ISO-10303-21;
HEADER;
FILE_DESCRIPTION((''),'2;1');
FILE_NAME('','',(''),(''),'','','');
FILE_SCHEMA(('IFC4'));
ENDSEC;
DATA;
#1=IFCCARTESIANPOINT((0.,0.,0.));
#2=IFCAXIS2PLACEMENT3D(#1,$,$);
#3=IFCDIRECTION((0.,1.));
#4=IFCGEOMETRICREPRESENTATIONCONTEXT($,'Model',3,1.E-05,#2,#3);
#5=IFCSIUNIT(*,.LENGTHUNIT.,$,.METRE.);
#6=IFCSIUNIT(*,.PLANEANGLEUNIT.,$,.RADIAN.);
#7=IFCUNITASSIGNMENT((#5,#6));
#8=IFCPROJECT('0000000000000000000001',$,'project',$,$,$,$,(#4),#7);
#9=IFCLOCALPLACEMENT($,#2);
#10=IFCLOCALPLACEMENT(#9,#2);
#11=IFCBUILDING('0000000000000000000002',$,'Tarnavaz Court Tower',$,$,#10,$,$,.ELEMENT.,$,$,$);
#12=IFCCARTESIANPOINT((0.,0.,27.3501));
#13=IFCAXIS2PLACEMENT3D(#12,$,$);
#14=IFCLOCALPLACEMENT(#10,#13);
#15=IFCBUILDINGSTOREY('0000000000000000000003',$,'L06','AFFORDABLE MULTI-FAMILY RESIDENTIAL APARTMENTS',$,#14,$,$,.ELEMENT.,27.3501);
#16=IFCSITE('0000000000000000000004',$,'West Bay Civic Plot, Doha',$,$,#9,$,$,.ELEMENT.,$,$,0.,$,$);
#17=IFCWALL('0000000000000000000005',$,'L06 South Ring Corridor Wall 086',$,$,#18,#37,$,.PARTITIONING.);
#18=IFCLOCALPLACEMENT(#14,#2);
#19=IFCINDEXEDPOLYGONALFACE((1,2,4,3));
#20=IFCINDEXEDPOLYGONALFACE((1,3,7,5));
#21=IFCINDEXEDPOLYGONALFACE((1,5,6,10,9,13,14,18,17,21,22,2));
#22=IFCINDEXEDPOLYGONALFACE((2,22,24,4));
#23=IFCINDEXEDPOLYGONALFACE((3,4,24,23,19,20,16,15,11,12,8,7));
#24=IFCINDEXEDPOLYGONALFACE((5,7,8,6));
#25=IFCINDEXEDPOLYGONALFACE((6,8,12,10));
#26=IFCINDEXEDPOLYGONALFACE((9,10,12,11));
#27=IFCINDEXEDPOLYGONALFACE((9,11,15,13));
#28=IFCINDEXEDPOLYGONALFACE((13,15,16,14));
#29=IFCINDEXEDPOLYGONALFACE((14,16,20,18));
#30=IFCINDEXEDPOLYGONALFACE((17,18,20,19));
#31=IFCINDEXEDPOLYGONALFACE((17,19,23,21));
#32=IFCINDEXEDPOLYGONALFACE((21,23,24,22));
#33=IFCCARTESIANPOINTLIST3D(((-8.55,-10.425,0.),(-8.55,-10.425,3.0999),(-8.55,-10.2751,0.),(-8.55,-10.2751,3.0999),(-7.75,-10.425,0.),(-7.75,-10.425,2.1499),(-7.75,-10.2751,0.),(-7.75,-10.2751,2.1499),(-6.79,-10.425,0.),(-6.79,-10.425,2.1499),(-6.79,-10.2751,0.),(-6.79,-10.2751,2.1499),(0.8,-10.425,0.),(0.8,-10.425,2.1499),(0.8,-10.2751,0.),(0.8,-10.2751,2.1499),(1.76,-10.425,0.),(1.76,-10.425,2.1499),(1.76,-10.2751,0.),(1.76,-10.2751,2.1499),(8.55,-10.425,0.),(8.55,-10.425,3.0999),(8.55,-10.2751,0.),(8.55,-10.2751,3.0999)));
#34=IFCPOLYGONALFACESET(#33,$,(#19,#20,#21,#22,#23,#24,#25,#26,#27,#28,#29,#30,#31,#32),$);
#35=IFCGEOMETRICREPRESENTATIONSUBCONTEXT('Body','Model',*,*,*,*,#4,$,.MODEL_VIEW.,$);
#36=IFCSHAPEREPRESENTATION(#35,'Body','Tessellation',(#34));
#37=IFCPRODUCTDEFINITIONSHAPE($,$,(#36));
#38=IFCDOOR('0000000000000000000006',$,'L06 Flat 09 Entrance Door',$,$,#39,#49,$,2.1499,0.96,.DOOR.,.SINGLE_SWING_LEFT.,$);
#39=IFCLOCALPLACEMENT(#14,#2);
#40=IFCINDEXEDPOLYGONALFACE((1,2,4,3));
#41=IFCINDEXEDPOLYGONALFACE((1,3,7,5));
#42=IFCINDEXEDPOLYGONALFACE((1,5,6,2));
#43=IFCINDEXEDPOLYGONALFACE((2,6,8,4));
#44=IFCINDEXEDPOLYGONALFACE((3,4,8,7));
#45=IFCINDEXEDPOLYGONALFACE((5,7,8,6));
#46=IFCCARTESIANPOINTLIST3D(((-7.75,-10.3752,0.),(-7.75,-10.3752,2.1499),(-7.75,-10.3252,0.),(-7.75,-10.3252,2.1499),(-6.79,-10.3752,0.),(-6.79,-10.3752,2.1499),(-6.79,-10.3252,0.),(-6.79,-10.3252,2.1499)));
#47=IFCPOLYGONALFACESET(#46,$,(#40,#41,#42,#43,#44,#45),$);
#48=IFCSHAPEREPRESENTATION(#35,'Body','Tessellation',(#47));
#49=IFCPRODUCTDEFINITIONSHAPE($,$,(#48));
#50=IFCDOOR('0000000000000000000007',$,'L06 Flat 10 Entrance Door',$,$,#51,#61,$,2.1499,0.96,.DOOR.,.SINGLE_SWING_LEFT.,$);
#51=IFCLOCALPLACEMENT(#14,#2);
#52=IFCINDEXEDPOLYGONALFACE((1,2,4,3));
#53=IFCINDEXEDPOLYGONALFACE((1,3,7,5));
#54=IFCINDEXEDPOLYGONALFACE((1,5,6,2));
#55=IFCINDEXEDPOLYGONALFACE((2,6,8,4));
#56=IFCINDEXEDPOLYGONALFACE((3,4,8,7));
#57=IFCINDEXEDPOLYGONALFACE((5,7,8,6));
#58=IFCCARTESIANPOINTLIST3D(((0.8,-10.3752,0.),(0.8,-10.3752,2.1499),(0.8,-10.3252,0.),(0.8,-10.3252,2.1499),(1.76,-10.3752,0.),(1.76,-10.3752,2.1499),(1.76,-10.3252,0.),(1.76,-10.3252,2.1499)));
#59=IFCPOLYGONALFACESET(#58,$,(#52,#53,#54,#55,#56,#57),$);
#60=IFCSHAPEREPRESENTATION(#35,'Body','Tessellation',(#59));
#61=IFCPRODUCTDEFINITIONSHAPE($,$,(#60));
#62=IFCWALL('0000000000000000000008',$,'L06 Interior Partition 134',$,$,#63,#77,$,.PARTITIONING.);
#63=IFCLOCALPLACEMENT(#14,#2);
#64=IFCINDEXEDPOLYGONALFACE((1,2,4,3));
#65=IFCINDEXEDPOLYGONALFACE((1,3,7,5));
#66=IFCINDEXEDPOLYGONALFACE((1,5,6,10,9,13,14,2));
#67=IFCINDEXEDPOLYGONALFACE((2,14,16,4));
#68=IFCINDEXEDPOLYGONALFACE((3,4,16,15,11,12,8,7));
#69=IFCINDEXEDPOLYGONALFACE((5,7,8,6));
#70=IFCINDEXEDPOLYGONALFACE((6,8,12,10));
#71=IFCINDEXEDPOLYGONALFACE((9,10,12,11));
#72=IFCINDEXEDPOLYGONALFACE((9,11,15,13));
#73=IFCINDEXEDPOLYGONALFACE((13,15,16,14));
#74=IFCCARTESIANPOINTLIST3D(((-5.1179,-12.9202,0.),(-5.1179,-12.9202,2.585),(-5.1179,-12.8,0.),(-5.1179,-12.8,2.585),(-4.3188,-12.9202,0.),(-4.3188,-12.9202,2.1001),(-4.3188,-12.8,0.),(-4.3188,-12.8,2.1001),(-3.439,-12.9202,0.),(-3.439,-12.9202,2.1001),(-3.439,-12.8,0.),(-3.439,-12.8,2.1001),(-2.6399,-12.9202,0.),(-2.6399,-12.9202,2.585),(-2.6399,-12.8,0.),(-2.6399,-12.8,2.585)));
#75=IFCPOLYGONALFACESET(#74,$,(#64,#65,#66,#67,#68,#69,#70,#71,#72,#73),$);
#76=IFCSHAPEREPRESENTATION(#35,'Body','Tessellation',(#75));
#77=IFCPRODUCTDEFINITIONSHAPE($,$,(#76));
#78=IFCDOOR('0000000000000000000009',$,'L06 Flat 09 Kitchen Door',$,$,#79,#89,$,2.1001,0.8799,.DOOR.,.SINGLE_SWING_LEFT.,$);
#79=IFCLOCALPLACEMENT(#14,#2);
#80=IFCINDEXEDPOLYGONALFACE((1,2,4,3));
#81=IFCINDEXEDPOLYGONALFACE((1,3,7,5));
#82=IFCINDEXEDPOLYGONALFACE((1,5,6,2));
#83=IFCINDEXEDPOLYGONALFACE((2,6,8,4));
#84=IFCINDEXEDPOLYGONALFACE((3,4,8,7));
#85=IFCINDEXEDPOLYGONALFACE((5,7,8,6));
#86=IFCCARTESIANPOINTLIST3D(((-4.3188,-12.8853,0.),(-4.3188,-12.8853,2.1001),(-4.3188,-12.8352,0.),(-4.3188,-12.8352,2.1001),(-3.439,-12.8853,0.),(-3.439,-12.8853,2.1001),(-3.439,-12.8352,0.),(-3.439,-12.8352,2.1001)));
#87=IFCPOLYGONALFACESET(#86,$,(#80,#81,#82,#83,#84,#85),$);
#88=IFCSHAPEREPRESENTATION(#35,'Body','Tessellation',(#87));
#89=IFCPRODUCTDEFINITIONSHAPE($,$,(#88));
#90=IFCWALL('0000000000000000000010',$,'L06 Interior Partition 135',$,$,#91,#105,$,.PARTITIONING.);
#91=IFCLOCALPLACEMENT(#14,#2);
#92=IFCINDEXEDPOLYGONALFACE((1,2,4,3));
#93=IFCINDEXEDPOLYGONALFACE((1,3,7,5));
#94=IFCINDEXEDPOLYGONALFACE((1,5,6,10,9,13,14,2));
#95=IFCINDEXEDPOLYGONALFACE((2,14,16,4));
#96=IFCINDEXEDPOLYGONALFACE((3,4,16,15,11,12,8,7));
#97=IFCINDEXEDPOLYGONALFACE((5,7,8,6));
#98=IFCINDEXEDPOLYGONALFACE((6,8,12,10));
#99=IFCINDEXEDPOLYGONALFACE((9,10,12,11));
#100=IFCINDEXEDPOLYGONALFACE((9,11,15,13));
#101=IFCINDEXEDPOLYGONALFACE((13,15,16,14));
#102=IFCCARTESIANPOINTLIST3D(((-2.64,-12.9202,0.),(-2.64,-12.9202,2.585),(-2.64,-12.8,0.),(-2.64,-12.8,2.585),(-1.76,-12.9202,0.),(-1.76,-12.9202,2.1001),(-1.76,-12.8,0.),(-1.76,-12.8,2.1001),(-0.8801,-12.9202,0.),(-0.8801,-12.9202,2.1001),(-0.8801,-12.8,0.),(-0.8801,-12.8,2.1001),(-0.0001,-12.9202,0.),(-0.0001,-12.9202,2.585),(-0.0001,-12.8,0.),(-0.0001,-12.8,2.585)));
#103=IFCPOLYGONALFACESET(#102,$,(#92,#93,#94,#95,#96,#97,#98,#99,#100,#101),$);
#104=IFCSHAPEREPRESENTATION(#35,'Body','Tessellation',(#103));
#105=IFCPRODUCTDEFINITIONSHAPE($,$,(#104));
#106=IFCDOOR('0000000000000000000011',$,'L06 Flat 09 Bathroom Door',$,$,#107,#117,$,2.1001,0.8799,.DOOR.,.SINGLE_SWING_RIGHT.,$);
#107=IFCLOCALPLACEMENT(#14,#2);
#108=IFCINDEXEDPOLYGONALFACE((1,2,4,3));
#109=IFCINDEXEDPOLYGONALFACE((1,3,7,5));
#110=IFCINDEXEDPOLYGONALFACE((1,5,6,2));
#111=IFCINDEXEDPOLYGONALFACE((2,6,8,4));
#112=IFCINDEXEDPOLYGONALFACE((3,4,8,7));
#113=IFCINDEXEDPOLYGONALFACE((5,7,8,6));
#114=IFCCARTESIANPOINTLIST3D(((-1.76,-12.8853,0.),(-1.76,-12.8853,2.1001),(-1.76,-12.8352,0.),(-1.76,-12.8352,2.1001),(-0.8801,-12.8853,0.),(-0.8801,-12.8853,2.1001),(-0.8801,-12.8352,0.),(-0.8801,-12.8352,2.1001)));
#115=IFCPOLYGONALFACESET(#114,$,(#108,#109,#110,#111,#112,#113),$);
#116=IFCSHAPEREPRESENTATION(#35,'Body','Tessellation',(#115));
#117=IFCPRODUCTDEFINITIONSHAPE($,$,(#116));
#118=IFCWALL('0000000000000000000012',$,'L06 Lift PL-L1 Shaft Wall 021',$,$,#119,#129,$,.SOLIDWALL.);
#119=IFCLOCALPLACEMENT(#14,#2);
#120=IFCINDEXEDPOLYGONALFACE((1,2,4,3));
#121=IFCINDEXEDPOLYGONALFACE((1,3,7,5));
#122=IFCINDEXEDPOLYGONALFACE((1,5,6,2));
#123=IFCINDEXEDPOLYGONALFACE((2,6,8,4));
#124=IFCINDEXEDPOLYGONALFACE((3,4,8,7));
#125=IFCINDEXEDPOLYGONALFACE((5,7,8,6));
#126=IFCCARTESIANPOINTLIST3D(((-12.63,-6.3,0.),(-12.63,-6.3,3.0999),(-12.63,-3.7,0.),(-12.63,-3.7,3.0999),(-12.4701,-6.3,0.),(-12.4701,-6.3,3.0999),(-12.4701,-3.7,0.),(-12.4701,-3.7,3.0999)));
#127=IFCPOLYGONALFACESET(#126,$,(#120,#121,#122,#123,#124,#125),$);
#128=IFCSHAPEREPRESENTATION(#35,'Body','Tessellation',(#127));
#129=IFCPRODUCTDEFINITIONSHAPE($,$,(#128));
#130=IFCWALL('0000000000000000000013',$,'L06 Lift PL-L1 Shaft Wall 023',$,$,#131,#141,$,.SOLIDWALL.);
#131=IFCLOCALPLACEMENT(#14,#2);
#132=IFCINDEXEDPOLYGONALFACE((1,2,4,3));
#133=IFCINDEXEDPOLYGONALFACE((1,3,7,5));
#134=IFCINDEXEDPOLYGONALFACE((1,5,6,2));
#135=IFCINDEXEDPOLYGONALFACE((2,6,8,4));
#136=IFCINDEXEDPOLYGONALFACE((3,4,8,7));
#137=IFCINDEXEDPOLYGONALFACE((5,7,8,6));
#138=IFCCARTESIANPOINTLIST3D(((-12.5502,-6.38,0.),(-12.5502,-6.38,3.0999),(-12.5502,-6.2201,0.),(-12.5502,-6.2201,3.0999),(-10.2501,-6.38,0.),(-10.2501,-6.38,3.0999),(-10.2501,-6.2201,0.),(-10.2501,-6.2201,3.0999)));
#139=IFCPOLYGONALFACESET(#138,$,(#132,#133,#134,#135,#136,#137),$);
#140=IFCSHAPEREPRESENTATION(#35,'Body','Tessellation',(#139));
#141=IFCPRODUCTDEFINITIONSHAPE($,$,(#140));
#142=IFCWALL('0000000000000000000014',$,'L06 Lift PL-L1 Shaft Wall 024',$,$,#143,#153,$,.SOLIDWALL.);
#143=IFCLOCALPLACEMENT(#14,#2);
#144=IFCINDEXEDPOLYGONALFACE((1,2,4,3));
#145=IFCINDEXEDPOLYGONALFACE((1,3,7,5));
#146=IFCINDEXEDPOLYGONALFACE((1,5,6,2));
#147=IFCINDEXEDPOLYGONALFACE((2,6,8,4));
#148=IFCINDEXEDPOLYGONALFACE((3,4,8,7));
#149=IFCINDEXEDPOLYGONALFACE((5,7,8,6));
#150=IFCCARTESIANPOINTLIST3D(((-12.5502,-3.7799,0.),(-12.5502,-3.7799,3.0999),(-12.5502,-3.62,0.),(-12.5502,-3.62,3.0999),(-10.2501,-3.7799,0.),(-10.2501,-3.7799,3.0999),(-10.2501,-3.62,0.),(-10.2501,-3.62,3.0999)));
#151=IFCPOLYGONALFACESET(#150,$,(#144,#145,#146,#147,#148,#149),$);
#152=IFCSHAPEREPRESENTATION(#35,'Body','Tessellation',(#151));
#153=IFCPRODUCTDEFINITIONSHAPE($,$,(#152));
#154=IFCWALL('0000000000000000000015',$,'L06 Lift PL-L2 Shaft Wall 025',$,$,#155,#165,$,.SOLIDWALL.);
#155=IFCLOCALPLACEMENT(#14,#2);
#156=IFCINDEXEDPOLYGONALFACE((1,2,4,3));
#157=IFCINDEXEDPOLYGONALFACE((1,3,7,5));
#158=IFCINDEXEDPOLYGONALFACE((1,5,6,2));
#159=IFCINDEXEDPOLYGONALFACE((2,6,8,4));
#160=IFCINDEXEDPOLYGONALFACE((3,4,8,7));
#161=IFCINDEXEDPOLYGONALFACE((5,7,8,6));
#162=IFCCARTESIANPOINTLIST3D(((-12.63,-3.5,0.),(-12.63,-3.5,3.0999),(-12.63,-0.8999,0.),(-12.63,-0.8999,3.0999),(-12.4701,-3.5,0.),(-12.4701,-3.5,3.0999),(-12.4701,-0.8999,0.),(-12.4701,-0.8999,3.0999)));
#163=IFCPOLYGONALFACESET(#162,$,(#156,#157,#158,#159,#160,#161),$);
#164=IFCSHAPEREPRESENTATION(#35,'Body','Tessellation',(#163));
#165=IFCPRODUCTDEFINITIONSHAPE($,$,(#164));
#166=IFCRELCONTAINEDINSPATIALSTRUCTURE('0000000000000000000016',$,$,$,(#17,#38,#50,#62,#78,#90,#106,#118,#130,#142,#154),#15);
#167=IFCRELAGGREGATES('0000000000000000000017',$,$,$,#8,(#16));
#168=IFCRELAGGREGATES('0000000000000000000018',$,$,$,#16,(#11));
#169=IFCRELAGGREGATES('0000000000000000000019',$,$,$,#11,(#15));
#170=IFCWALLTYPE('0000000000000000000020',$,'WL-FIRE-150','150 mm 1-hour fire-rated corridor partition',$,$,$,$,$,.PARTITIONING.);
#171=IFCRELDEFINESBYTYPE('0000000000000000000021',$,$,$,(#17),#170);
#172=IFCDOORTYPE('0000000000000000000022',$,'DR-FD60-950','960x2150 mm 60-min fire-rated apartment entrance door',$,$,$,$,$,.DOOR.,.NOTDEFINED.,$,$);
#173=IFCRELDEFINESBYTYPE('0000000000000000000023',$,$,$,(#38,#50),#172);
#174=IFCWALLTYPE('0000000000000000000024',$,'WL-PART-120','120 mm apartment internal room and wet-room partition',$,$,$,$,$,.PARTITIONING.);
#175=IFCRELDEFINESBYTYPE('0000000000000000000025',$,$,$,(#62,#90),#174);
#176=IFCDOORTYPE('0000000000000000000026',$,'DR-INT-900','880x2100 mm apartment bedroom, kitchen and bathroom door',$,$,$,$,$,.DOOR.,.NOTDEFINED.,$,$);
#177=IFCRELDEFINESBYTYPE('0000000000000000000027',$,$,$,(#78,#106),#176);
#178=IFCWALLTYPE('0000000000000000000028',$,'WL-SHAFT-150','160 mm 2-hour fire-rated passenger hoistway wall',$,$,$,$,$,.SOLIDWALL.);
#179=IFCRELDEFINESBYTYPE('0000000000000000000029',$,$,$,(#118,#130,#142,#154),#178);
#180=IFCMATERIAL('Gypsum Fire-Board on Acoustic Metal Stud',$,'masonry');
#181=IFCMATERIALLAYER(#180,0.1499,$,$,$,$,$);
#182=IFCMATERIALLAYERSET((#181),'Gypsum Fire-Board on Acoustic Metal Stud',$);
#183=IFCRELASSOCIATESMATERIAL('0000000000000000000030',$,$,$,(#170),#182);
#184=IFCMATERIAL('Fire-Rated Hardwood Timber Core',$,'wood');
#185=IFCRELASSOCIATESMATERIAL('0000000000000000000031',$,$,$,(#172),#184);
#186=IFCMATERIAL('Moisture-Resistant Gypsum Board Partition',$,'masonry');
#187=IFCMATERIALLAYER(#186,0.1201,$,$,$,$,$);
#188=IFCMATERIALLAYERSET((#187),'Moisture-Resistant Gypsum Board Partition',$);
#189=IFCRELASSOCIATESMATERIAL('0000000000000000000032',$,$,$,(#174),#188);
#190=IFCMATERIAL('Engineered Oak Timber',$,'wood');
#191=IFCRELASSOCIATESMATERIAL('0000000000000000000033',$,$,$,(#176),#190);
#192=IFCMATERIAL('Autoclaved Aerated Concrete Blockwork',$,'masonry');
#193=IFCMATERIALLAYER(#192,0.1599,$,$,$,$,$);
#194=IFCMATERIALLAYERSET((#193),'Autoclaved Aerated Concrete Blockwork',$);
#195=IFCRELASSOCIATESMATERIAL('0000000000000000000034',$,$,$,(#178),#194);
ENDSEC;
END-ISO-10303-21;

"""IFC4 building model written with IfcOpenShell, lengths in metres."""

from ifc_helpers import new_model, si_unit, direction, frame, frame_2d, origin, place, context, subcontext, project, spatial, rectangle, extrude, material, layer, layer_set, type_object, element, fill, save


model = new_model("IFC4")

# Units and contexts
model_context = context("Model", 3, precision=1e-05, world=origin(), true_north=direction((0.0, 1.0)))
body_context = subcontext(model_context, "Body", "Model", "MODEL_VIEW")
ifc_project = project(units=[si_unit("LENGTHUNIT", "METRE"), si_unit("PLANEANGLEUNIT", "RADIAN")], contexts=[model_context])

# Site, building, storey
site_placement = place(None, origin())
site = spatial("IfcSite", under=ifc_project, at=site_placement, Name="West Bay Civic Plot, Doha", CompositionType="ELEMENT", RefElevation=0.0)
building_placement = place(site_placement, origin())
building = spatial("IfcBuilding", under=site, at=building_placement, Name="Tarnavaz Court Tower", CompositionType="ELEMENT")
storey_placement = place(building_placement, frame((0.0, 0.0, 27.3501)))
storey = spatial("IfcBuildingStorey", under=building, at=storey_placement, Name="L06", Description="AFFORDABLE MULTI-FAMILY RESIDENTIAL APARTMENTS", CompositionType="ELEMENT", Elevation=27.3501)

# Wall, openings, doors
ifc_material_1 = material(Name="Gypsum Fire-Board on Acoustic Metal Stud", Category="masonry")
ifc_layer_1 = layer(ifc_material_1, 0.1499)
ifc_layer_set_1 = layer_set([ifc_layer_1], Name="Gypsum Fire-Board on Acoustic Metal Stud")
wall_type_1 = type_object("IfcWallType", Name="WL-FIRE-150", Description="150 mm 1-hour fire-rated corridor partition", PredefinedType="PARTITIONING", material=ifc_layer_set_1)
wall_1_placement = place(storey_placement, frame((-8.55, -10.3501, 0.0), z_axis=(0.0, 0.0, 1.0), x_axis=(1.0, 0.0, 0.0)))
wall_1 = element("IfcWall", 1, at=wall_1_placement, inside=storey, type_object=wall_type_1, Name="L06 South Ring Corridor Wall 086", PredefinedType="PARTITIONING", context=body_context, shape_type="SweptSolid", body=[
    extrude(rectangle(XDim=17.1001, YDim=0.1499, at=frame_2d((8.55, 0.0))), origin(), (0.0, 0.0, 1.0), 3.0999),
])
opening_1_placement = place(wall_1_placement, frame((0.8, 0.0, 0.0)))
opening_1 = element("IfcOpeningElement", 2, at=opening_1_placement, cuts=wall_1, PredefinedType="OPENING", context=body_context, shape_type="SweptSolid", body=[
    extrude(rectangle(XDim=0.96, YDim=2.1499, at=frame_2d((0.48, 1.075))), frame((0.0, 0.085, 0.0), z_axis=(0.0, -1.0, 0.0), x_axis=(1.0, 0.0, 0.0)), (0.0, 0.0, 1.0), 0.1699),
])
opening_2_placement = place(wall_1_placement, frame((9.3501, 0.0, 0.0)))
opening_2 = element("IfcOpeningElement", 3, at=opening_2_placement, cuts=wall_1, PredefinedType="OPENING", context=body_context, shape_type="SweptSolid", body=[
    extrude(rectangle(XDim=0.96, YDim=2.1499, at=frame_2d((0.48, 1.075))), frame((0.0, 0.085, 0.0), z_axis=(0.0, -1.0, 0.0), x_axis=(1.0, 0.0, 0.0)), (0.0, 0.0, 1.0), 0.1699),
])
ifc_material_2 = material(Name="Fire-Rated Hardwood Timber Core", Category="wood")
door_type_1 = type_object("IfcDoorType", Name="DR-FD60-950", Description="960x2150 mm 60-min fire-rated apartment entrance door", OperationType="NOTDEFINED", PredefinedType="DOOR", material=ifc_material_2)
door_1_placement = place(opening_1_placement, origin())
door_1 = element("IfcDoor", 4, at=door_1_placement, inside=storey, type_object=door_type_1, Name="L06 Flat 09 Entrance Door", OperationType="SINGLE_SWING_LEFT", OverallHeight=2.1499, OverallWidth=0.96, PredefinedType="DOOR", context=body_context, shape_type="SweptSolid", body=[
    extrude(rectangle(XDim=0.96, YDim=2.1499, at=frame_2d((0.48, 1.075))), frame((0.0, 0.0249, 0.0), z_axis=(0.0, -1.0, 0.0), x_axis=(1.0, 0.0, 0.0)), (0.0, 0.0, 1.0), 0.05),
])
fill(opening_1, door_1)
door_2_placement = place(opening_2_placement, origin())
door_2 = element("IfcDoor", 5, at=door_2_placement, inside=storey, type_object=door_type_1, Name="L06 Flat 10 Entrance Door", OperationType="SINGLE_SWING_LEFT", OverallHeight=2.1499, OverallWidth=0.96, PredefinedType="DOOR", context=body_context, shape_type="SweptSolid", body=[
    extrude(rectangle(XDim=0.96, YDim=2.1499, at=frame_2d((0.48, 1.075))), frame((0.0, 0.0249, 0.0), z_axis=(0.0, -1.0, 0.0), x_axis=(1.0, 0.0, 0.0)), (0.0, 0.0, 1.0), 0.05),
])
fill(opening_2, door_2)

# Walls, openings, doors
ifc_material_3 = material(Name="Moisture-Resistant Gypsum Board Partition", Category="masonry")
ifc_layer_2 = layer(ifc_material_3, 0.1201)
ifc_layer_set_2 = layer_set([ifc_layer_2], Name="Moisture-Resistant Gypsum Board Partition")
wall_type_2 = type_object("IfcWallType", Name="WL-PART-120", Description="120 mm apartment internal room and wet-room partition", PredefinedType="PARTITIONING", material=ifc_layer_set_2)
wall_2_placement = place(storey_placement, frame((-5.1179, -12.8601, 0.0), z_axis=(0.0, 0.0, 1.0), x_axis=(1.0, 0.0, 0.0)))
wall_2 = element("IfcWall", 6, at=wall_2_placement, inside=storey, type_object=wall_type_2, Name="L06 Interior Partition 134", PredefinedType="PARTITIONING", context=body_context, shape_type="SweptSolid", body=[
    extrude(rectangle(XDim=2.478, YDim=0.1201, at=frame_2d((1.239, 0.0))), origin(), (0.0, 0.0, 1.0), 2.585),
])
opening_3_placement = place(wall_2_placement, frame((0.7991, 0.0, 0.0)))
opening_3 = element("IfcOpeningElement", 7, at=opening_3_placement, cuts=wall_2, PredefinedType="OPENING", context=body_context, shape_type="SweptSolid", body=[
    extrude(rectangle(XDim=0.8799, YDim=2.1001, at=frame_2d((0.4399, 1.05))), frame((0.0, 0.0701, 0.0), z_axis=(0.0, -1.0, 0.0), x_axis=(1.0, 0.0, 0.0)), (0.0, 0.0, 1.0), 0.1401),
])
ifc_material_4 = material(Name="Engineered Oak Timber", Category="wood")
door_type_2 = type_object("IfcDoorType", Name="DR-INT-900", Description="880x2100 mm apartment bedroom, kitchen and bathroom door", OperationType="NOTDEFINED", PredefinedType="DOOR", material=ifc_material_4)
door_3_placement = place(opening_3_placement, origin())
door_3 = element("IfcDoor", 8, at=door_3_placement, inside=storey, type_object=door_type_2, Name="L06 Flat 09 Kitchen Door", OperationType="SINGLE_SWING_LEFT", OverallHeight=2.1001, OverallWidth=0.8799, PredefinedType="DOOR", context=body_context, shape_type="SweptSolid", body=[
    extrude(rectangle(XDim=0.8799, YDim=2.1001, at=frame_2d((0.4399, 1.05))), frame((0.0, 0.0249, 0.0), z_axis=(0.0, -1.0, 0.0), x_axis=(1.0, 0.0, 0.0)), (0.0, 0.0, 1.0), 0.05),
])
fill(opening_3, door_3)
wall_3_placement = place(storey_placement, frame((-2.6399, -12.8601, 0.0), z_axis=(0.0, 0.0, 1.0), x_axis=(1.0, 0.0, 0.0)))
wall_3 = element("IfcWall", 9, at=wall_3_placement, inside=storey, type_object=wall_type_2, Name="L06 Interior Partition 135", PredefinedType="PARTITIONING", context=body_context, shape_type="SweptSolid", body=[
    extrude(rectangle(XDim=2.6399, YDim=0.1201, at=frame_2d((1.3198, 0.0))), origin(), (0.0, 0.0, 1.0), 2.585),
])
opening_4_placement = place(wall_3_placement, frame((0.8799, 0.0, 0.0)))
opening_4 = element("IfcOpeningElement", 10, at=opening_4_placement, cuts=wall_3, PredefinedType="OPENING", context=body_context, shape_type="SweptSolid", body=[
    extrude(rectangle(XDim=0.8799, YDim=2.1001, at=frame_2d((0.4399, 1.05))), frame((0.0, 0.0701, 0.0), z_axis=(0.0, -1.0, 0.0), x_axis=(1.0, 0.0, 0.0)), (0.0, 0.0, 1.0), 0.1401),
])
door_4_placement = place(opening_4_placement, origin())
door_4 = element("IfcDoor", 11, at=door_4_placement, inside=storey, type_object=door_type_2, Name="L06 Flat 09 Bathroom Door", OperationType="SINGLE_SWING_RIGHT", OverallHeight=2.1001, OverallWidth=0.8799, PredefinedType="DOOR", context=body_context, shape_type="SweptSolid", body=[
    extrude(rectangle(XDim=0.8799, YDim=2.1001, at=frame_2d((0.4399, 1.05))), frame((0.0, 0.0249, 0.0), z_axis=(0.0, -1.0, 0.0), x_axis=(1.0, 0.0, 0.0)), (0.0, 0.0, 1.0), 0.05),
])
fill(opening_4, door_4)

# Wall
ifc_material_5 = material(Name="Autoclaved Aerated Concrete Blockwork", Category="masonry")
ifc_layer_3 = layer(ifc_material_5, 0.1599)
ifc_layer_set_3 = layer_set([ifc_layer_3], Name="Autoclaved Aerated Concrete Blockwork")
wall_type_3 = type_object("IfcWallType", Name="WL-SHAFT-150", Description="160 mm 2-hour fire-rated passenger hoistway wall", PredefinedType="SOLIDWALL", material=ifc_layer_set_3)
wall_4_placement = place(storey_placement, frame((-12.55, -6.3, 0.0), z_axis=(0.0, 0.0, 1.0), x_axis=(0.0, 1.0, 0.0)))
element("IfcWall", 12, at=wall_4_placement, inside=storey, type_object=wall_type_3, Name="L06 Lift PL-L1 Shaft Wall 021", PredefinedType="SOLIDWALL", context=body_context, shape_type="SweptSolid", body=[
    extrude(rectangle(XDim=2.6001, YDim=0.1599, at=frame_2d((1.3, 0.0))), origin(), (0.0, 0.0, 1.0), 3.0999),
])

# Walls
for number, where, z_axis, x_axis, name in (
    (13, (-12.55, -6.3, 0.0), (0.0, 0.0, 1.0), (1.0, 0.0, 0.0), "L06 Lift PL-L1 Shaft Wall 023"),
    (14, (-12.55, -3.7, 0.0), (0.0, 0.0, 1.0), (1.0, 0.0, 0.0), "L06 Lift PL-L1 Shaft Wall 024"),
):
    element("IfcWall", number, at=place(storey_placement, frame(where, z_axis=z_axis, x_axis=x_axis)), inside=storey, type_object=wall_type_3, Name=name, PredefinedType="SOLIDWALL", context=body_context, shape_type="SweptSolid", body=[
        extrude(rectangle(XDim=2.3, YDim=0.1599, at=frame_2d((1.1499, 0.0))), origin(), (0.0, 0.0, 1.0), 3.0999),
    ])
wall_5_placement = place(storey_placement, frame((-12.55, -3.5, 0.0), z_axis=(0.0, 0.0, 1.0), x_axis=(0.0, 1.0, 0.0)))
element("IfcWall", 15, at=wall_5_placement, inside=storey, type_object=wall_type_3, Name="L06 Lift PL-L2 Shaft Wall 025", PredefinedType="SOLIDWALL", context=body_context, shape_type="SweptSolid", body=[
    extrude(rectangle(XDim=2.6001, YDim=0.1599, at=frame_2d((1.3, 0.0))), origin(), (0.0, 0.0, 1.0), 3.0999),
])

save(model, "model.ifc")
